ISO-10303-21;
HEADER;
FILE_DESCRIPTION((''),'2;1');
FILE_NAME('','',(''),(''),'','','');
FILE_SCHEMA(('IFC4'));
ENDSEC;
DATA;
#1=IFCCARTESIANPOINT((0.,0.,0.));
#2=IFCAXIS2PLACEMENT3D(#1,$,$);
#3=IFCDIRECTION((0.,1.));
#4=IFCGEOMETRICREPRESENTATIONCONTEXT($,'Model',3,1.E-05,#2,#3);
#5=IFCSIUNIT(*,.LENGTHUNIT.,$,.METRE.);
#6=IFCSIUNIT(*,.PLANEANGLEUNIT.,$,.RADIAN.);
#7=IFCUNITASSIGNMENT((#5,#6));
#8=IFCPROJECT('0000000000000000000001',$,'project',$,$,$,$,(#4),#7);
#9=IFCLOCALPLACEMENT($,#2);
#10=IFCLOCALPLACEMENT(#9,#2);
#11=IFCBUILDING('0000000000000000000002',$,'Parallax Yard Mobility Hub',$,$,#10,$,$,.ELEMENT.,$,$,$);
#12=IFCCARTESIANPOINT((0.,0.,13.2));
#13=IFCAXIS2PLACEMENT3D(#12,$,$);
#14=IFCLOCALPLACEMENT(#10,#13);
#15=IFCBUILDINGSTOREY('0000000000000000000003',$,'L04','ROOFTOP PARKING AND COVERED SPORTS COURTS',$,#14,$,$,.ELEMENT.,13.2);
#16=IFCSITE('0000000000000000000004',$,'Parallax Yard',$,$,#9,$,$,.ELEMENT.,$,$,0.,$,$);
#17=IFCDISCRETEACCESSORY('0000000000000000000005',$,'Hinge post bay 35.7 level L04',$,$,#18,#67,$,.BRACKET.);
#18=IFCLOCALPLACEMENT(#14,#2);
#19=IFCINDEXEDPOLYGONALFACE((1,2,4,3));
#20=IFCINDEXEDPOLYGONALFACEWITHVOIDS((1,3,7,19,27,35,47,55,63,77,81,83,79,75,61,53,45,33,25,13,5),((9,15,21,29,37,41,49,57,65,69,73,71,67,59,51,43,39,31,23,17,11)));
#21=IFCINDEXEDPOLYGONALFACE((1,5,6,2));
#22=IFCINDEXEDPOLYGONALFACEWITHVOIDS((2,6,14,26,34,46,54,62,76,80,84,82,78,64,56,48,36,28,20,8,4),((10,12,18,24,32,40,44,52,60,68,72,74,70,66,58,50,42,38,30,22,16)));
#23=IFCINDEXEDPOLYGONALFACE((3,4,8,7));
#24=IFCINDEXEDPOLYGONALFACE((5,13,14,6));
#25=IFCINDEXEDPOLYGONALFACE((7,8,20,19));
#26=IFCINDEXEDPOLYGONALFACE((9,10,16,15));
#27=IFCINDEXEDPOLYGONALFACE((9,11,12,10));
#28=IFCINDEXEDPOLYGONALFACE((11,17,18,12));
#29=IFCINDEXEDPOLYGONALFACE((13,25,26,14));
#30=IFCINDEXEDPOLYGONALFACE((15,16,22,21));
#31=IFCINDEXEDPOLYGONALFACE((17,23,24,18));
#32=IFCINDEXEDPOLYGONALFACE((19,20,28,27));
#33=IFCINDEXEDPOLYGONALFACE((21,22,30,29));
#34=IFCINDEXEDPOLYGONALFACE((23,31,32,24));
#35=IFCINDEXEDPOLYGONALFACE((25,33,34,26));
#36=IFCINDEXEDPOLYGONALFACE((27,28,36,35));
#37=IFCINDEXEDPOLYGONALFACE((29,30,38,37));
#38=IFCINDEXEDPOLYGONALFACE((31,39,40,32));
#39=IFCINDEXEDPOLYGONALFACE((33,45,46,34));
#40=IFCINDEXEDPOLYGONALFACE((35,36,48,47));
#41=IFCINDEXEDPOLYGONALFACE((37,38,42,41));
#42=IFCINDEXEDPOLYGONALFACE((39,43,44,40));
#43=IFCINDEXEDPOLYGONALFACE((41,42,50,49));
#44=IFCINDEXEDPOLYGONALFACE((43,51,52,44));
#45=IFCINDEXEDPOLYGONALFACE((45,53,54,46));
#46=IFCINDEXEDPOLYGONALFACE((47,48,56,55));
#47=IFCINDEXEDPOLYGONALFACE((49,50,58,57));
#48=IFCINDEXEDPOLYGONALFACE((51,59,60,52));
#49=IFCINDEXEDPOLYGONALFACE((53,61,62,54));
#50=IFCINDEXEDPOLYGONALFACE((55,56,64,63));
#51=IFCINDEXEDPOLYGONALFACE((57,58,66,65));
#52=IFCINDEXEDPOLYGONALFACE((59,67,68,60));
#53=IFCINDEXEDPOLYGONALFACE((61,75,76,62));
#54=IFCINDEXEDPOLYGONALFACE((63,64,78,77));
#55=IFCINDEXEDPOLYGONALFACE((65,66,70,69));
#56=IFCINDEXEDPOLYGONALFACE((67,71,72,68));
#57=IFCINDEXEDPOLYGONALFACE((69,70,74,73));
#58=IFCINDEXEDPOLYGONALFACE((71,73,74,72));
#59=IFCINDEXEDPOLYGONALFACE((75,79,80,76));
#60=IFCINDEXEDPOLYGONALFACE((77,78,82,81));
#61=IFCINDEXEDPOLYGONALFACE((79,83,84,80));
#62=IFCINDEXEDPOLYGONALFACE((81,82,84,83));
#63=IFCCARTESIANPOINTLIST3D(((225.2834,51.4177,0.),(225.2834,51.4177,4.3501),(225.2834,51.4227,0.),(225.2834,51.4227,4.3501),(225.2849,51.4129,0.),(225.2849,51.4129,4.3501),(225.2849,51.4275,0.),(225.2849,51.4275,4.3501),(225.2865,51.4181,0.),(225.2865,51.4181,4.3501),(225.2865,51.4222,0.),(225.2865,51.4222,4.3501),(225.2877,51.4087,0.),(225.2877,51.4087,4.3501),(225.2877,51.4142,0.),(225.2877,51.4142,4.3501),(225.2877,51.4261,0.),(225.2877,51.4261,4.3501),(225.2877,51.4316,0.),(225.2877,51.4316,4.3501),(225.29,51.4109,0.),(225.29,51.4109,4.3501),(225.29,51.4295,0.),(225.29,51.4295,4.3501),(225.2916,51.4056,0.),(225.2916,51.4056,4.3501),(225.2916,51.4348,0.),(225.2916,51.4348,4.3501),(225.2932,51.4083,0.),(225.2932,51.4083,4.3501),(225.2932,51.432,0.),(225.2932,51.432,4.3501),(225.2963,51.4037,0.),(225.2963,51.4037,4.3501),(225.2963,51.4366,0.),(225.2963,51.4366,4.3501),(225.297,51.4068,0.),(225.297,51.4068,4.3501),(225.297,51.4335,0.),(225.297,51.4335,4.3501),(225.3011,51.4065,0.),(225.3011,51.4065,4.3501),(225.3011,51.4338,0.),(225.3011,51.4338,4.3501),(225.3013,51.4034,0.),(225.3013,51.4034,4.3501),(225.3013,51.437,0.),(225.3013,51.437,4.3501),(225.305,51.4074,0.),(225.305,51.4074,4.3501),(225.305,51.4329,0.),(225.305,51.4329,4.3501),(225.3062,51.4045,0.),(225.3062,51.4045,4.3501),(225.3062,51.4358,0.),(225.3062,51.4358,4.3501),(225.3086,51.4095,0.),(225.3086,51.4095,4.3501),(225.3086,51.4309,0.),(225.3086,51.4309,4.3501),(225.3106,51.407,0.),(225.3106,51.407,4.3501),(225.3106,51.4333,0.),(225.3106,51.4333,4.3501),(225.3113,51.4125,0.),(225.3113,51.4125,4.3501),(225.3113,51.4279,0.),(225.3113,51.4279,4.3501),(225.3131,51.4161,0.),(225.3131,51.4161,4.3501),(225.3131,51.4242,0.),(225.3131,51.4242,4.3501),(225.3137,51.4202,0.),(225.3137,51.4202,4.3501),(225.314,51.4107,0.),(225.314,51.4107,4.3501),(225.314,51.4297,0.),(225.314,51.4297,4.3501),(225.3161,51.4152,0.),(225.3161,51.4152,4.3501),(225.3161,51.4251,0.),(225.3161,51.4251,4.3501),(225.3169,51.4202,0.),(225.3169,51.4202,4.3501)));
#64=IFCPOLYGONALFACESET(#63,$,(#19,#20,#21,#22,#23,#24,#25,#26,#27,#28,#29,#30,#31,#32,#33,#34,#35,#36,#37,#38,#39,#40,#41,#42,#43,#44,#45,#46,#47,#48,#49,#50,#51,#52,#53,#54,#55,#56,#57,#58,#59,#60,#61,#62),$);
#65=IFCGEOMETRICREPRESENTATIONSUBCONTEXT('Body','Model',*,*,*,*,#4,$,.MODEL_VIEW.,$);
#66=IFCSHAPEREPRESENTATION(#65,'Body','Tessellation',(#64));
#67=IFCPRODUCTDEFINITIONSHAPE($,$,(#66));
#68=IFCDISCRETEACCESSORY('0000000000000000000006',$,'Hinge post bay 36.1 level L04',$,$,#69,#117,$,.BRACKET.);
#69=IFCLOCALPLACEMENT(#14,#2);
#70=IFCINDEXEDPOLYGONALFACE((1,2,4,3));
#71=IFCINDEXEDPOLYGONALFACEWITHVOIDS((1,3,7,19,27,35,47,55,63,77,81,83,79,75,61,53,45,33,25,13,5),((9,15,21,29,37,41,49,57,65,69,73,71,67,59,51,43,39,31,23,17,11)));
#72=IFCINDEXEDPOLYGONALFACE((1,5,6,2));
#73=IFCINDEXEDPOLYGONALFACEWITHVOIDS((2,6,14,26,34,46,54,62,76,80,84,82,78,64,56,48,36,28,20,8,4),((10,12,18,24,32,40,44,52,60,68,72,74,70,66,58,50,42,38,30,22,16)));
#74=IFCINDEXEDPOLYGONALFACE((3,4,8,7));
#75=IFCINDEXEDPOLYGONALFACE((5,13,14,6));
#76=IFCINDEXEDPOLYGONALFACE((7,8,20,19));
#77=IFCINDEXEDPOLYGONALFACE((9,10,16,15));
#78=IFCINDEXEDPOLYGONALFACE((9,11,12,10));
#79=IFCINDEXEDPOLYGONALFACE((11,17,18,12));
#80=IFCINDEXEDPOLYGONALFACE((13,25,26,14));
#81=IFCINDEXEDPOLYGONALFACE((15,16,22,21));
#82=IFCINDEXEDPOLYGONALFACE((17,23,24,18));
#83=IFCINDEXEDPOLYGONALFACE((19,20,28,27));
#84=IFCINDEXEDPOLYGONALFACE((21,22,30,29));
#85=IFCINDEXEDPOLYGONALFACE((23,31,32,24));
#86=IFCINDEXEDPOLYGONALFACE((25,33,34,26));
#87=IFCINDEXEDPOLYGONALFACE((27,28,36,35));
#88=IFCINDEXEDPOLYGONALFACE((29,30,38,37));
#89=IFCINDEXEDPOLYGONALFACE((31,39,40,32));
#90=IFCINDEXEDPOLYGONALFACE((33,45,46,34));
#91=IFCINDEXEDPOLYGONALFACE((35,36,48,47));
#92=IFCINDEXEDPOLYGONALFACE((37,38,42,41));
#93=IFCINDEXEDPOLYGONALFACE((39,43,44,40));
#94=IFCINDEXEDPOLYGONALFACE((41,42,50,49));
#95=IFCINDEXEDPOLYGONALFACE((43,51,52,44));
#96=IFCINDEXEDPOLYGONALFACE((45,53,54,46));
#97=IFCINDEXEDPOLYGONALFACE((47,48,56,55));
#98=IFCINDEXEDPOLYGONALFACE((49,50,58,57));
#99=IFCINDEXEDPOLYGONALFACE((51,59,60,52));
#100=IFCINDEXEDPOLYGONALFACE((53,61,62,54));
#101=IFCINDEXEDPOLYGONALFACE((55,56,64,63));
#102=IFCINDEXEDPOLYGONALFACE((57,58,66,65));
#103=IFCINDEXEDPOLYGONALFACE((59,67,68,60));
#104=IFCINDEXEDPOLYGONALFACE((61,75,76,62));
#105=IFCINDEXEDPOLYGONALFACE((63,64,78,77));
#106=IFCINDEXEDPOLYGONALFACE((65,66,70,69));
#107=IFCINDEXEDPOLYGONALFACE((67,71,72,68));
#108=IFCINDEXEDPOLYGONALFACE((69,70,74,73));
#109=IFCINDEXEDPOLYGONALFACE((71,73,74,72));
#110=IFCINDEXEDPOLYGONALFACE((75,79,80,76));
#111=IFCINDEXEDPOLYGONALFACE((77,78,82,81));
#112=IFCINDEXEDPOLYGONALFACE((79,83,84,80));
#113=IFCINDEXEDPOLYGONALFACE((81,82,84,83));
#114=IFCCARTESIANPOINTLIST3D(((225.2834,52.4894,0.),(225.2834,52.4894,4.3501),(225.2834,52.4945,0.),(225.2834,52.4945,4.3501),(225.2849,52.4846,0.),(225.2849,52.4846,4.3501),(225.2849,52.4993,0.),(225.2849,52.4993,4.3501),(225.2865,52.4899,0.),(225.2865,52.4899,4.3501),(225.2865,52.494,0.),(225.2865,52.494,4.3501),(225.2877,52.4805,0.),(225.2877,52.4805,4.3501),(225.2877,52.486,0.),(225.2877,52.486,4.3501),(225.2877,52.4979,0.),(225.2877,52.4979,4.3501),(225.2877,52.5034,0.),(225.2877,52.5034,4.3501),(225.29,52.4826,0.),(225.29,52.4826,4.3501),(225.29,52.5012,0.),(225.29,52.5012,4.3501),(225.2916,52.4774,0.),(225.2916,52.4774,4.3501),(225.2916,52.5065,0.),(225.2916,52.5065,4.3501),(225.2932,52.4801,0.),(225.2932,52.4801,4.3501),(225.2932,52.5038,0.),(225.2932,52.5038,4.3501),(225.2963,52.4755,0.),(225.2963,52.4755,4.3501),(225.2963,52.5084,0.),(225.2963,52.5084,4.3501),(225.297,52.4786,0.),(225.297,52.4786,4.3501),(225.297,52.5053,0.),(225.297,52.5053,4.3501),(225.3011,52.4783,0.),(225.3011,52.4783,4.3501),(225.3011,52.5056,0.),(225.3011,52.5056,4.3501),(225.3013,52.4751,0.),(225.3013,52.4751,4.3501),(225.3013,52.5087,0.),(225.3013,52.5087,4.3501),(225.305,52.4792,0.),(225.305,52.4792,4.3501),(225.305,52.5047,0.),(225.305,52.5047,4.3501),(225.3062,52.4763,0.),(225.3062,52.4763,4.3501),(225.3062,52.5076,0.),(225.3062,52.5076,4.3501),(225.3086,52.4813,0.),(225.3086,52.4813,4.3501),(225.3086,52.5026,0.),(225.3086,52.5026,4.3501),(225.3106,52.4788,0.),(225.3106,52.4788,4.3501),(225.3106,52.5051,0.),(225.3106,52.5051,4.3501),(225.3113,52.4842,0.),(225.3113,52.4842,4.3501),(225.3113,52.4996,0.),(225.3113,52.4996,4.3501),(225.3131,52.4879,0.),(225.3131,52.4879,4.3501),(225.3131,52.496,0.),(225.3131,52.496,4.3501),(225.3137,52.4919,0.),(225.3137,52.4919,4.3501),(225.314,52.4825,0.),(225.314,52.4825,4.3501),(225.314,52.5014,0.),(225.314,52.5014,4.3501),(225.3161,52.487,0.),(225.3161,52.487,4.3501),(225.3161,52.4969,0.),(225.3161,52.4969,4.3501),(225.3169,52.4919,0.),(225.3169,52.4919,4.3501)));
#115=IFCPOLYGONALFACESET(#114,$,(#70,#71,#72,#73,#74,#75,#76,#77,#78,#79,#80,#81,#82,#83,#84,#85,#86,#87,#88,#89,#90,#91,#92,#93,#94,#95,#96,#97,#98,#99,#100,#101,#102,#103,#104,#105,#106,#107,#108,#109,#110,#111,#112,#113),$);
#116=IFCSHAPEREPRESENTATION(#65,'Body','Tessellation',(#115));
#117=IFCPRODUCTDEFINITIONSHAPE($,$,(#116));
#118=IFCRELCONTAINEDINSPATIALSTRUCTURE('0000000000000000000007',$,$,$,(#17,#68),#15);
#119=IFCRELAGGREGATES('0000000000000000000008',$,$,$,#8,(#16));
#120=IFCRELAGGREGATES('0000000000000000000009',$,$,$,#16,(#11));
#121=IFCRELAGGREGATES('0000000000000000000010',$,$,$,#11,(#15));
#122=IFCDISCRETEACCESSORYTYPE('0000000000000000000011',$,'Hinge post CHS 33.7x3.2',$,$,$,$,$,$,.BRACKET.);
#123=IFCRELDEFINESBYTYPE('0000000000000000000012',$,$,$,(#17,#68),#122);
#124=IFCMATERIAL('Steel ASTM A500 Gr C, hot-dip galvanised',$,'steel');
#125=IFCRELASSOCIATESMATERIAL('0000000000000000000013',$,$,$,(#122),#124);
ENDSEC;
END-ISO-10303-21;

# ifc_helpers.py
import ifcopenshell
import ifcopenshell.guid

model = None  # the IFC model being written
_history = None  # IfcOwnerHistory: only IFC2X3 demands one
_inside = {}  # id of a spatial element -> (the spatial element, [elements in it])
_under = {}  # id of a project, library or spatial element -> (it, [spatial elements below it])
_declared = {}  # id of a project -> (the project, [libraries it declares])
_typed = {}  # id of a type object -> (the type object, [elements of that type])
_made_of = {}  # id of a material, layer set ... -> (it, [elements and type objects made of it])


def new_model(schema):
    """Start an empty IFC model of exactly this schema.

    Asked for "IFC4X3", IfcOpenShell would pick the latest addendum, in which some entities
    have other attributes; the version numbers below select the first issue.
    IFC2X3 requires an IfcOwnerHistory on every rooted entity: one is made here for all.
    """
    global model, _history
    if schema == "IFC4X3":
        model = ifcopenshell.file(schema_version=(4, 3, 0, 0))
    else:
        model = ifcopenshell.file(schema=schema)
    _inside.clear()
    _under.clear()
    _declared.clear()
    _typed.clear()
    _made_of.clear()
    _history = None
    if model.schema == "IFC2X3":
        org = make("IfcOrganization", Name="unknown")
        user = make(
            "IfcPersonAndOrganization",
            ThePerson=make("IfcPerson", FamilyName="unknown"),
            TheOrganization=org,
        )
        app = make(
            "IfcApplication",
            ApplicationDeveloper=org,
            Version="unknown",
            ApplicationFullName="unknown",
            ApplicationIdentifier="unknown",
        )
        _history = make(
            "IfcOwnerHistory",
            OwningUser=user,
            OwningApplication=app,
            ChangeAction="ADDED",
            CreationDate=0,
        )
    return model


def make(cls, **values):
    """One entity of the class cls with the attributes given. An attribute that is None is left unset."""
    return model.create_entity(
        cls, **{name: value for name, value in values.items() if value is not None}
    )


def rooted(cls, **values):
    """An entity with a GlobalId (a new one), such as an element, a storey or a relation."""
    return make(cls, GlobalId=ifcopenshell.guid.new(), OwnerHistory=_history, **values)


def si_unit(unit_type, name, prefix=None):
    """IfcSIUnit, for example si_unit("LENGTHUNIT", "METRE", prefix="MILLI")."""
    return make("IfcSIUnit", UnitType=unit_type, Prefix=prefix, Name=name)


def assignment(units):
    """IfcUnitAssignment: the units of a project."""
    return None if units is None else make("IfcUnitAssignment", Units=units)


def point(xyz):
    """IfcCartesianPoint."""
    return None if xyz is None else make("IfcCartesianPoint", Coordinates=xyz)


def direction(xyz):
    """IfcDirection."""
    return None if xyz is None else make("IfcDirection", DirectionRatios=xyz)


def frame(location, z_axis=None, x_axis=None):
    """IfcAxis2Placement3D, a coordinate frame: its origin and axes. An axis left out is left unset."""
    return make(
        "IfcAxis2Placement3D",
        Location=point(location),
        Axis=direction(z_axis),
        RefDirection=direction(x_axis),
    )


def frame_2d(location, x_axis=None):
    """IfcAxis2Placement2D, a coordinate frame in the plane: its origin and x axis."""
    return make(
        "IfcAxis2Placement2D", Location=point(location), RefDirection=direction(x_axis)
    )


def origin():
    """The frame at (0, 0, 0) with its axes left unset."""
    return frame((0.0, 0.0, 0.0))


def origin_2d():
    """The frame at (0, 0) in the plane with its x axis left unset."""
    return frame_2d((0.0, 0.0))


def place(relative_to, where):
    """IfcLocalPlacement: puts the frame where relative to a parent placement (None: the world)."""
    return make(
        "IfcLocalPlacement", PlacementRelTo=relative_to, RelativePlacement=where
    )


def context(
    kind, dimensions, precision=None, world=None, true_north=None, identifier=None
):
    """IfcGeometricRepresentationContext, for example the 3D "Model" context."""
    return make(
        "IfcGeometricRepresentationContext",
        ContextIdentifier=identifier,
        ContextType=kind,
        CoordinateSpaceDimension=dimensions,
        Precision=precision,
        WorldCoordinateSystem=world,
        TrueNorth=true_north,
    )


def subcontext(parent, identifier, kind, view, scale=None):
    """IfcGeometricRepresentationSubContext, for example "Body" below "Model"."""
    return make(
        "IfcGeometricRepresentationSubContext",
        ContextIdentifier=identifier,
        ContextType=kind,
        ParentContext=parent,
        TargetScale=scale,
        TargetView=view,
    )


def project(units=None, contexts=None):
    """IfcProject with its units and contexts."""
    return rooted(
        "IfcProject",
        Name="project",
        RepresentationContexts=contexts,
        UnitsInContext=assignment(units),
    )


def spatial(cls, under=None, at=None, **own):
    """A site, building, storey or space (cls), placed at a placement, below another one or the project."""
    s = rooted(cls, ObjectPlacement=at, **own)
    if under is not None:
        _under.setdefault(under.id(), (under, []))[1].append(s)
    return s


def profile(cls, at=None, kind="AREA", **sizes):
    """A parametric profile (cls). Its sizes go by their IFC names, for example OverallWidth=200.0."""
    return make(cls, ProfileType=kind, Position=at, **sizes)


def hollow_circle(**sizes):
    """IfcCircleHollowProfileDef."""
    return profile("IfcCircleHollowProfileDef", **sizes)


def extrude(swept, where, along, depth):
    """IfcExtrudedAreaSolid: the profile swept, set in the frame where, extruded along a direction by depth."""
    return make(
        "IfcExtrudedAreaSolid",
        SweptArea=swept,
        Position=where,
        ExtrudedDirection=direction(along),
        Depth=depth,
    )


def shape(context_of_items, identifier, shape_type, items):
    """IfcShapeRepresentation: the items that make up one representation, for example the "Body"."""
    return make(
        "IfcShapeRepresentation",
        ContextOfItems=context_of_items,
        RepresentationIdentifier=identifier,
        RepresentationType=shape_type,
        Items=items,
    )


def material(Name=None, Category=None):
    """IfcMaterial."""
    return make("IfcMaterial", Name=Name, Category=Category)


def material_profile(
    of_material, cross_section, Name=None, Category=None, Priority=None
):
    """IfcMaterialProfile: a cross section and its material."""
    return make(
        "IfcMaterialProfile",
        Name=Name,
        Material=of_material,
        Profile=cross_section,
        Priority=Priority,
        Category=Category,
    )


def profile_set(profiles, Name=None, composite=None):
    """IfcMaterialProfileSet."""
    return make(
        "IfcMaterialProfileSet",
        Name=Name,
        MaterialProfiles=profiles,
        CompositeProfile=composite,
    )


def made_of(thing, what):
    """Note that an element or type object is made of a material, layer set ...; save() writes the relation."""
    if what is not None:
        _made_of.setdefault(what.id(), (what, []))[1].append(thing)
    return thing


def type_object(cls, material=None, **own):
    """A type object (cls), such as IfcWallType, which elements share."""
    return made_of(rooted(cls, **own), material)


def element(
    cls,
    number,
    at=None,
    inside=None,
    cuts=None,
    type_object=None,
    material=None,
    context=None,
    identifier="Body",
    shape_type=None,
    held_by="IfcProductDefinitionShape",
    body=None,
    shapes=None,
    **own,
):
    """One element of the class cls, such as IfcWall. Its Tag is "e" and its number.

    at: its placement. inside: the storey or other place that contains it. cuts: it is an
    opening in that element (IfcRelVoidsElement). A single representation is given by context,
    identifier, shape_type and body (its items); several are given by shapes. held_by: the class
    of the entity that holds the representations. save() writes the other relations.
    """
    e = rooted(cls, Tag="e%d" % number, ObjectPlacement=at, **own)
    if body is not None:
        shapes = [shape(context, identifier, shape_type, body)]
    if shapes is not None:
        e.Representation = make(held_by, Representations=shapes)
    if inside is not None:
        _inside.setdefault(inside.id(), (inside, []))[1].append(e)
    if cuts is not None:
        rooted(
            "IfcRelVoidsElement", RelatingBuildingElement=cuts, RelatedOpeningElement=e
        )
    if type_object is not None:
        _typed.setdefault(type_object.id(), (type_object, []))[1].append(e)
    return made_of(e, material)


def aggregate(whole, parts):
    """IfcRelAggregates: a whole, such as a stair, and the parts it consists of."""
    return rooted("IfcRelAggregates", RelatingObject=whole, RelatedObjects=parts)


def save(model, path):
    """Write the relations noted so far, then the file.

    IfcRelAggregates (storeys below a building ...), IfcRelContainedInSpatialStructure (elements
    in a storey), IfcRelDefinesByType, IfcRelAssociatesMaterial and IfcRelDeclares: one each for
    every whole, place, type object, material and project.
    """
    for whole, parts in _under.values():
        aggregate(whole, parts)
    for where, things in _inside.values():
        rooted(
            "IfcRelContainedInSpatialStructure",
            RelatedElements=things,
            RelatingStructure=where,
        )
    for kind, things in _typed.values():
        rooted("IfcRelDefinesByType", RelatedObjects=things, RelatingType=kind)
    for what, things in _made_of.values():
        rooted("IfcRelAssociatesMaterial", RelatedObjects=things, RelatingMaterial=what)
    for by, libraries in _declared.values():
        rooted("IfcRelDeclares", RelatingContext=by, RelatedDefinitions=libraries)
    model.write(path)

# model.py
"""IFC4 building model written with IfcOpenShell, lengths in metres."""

from ifc_helpers import new_model, si_unit, direction, frame, origin, origin_2d, place, context, subcontext, project, spatial, hollow_circle, extrude, material, material_profile, profile_set, type_object, element, save


model = new_model("IFC4")

# Units and contexts
model_context = context("Model", 3, precision=1e-05, world=origin(), true_north=direction((0.0, 1.0)))
body_context = subcontext(model_context, "Body", "Model", "MODEL_VIEW")
ifc_project = project(units=[si_unit("LENGTHUNIT", "METRE"), si_unit("PLANEANGLEUNIT", "RADIAN")], contexts=[model_context])

# Site, building, storey
site_placement = place(None, origin())
site = spatial("IfcSite", under=ifc_project, at=site_placement, Name="Parallax Yard", CompositionType="ELEMENT", RefElevation=0.0)
building_placement = place(site_placement, origin())
building = spatial("IfcBuilding", under=site, at=building_placement, Name="Parallax Yard Mobility Hub", CompositionType="ELEMENT")
storey_placement = place(building_placement, frame((0.0, 0.0, 13.2)))
storey = spatial("IfcBuildingStorey", under=building, at=storey_placement, Name="L04", Description="ROOFTOP PARKING AND COVERED SPORTS COURTS", CompositionType="ELEMENT", Elevation=13.2)

# Discrete accessories
ifc_material_1 = material(Name="Steel ASTM A500 Gr C, hot-dip galvanised", Category="steel")
ifc_material_profile = material_profile(ifc_material_1, hollow_circle(Radius=0.0168, WallThickness=0.0032, at=origin_2d()), Name="CHS 33.7x3.2")
ifc_profile_set = profile_set([ifc_material_profile], Name="Steel ASTM A500 Gr C, hot-dip galvanised")
discrete_accessory_type = type_object("IfcDiscreteAccessoryType", Name="Hinge post CHS 33.7x3.2", PredefinedType="BRACKET", material=ifc_profile_set)
for number, where, z_axis, x_axis, name in (
    (1, (225.3, 51.4202, 0.0), (0.0, 0.0, 1.0), (1.0, 0.0, 0.0), "Hinge post bay 35.7 level L04"),
    (2, (225.3, 52.4919, 0.0), (0.0, 0.0, 1.0), (1.0, 0.0, 0.0), "Hinge post bay 36.1 level L04"),
):
    element("IfcDiscreteAccessory", number, at=place(storey_placement, frame(where, z_axis=z_axis, x_axis=x_axis)), inside=storey, type_object=discrete_accessory_type, Name=name, PredefinedType="BRACKET", context=body_context, shape_type="SweptSolid", body=[
        extrude(hollow_circle(Radius=0.0168, WallThickness=0.0032, at=origin_2d()), origin(), (0.0, 0.0, 1.0), 4.3501),
    ])

save(model, "model.ifc")
